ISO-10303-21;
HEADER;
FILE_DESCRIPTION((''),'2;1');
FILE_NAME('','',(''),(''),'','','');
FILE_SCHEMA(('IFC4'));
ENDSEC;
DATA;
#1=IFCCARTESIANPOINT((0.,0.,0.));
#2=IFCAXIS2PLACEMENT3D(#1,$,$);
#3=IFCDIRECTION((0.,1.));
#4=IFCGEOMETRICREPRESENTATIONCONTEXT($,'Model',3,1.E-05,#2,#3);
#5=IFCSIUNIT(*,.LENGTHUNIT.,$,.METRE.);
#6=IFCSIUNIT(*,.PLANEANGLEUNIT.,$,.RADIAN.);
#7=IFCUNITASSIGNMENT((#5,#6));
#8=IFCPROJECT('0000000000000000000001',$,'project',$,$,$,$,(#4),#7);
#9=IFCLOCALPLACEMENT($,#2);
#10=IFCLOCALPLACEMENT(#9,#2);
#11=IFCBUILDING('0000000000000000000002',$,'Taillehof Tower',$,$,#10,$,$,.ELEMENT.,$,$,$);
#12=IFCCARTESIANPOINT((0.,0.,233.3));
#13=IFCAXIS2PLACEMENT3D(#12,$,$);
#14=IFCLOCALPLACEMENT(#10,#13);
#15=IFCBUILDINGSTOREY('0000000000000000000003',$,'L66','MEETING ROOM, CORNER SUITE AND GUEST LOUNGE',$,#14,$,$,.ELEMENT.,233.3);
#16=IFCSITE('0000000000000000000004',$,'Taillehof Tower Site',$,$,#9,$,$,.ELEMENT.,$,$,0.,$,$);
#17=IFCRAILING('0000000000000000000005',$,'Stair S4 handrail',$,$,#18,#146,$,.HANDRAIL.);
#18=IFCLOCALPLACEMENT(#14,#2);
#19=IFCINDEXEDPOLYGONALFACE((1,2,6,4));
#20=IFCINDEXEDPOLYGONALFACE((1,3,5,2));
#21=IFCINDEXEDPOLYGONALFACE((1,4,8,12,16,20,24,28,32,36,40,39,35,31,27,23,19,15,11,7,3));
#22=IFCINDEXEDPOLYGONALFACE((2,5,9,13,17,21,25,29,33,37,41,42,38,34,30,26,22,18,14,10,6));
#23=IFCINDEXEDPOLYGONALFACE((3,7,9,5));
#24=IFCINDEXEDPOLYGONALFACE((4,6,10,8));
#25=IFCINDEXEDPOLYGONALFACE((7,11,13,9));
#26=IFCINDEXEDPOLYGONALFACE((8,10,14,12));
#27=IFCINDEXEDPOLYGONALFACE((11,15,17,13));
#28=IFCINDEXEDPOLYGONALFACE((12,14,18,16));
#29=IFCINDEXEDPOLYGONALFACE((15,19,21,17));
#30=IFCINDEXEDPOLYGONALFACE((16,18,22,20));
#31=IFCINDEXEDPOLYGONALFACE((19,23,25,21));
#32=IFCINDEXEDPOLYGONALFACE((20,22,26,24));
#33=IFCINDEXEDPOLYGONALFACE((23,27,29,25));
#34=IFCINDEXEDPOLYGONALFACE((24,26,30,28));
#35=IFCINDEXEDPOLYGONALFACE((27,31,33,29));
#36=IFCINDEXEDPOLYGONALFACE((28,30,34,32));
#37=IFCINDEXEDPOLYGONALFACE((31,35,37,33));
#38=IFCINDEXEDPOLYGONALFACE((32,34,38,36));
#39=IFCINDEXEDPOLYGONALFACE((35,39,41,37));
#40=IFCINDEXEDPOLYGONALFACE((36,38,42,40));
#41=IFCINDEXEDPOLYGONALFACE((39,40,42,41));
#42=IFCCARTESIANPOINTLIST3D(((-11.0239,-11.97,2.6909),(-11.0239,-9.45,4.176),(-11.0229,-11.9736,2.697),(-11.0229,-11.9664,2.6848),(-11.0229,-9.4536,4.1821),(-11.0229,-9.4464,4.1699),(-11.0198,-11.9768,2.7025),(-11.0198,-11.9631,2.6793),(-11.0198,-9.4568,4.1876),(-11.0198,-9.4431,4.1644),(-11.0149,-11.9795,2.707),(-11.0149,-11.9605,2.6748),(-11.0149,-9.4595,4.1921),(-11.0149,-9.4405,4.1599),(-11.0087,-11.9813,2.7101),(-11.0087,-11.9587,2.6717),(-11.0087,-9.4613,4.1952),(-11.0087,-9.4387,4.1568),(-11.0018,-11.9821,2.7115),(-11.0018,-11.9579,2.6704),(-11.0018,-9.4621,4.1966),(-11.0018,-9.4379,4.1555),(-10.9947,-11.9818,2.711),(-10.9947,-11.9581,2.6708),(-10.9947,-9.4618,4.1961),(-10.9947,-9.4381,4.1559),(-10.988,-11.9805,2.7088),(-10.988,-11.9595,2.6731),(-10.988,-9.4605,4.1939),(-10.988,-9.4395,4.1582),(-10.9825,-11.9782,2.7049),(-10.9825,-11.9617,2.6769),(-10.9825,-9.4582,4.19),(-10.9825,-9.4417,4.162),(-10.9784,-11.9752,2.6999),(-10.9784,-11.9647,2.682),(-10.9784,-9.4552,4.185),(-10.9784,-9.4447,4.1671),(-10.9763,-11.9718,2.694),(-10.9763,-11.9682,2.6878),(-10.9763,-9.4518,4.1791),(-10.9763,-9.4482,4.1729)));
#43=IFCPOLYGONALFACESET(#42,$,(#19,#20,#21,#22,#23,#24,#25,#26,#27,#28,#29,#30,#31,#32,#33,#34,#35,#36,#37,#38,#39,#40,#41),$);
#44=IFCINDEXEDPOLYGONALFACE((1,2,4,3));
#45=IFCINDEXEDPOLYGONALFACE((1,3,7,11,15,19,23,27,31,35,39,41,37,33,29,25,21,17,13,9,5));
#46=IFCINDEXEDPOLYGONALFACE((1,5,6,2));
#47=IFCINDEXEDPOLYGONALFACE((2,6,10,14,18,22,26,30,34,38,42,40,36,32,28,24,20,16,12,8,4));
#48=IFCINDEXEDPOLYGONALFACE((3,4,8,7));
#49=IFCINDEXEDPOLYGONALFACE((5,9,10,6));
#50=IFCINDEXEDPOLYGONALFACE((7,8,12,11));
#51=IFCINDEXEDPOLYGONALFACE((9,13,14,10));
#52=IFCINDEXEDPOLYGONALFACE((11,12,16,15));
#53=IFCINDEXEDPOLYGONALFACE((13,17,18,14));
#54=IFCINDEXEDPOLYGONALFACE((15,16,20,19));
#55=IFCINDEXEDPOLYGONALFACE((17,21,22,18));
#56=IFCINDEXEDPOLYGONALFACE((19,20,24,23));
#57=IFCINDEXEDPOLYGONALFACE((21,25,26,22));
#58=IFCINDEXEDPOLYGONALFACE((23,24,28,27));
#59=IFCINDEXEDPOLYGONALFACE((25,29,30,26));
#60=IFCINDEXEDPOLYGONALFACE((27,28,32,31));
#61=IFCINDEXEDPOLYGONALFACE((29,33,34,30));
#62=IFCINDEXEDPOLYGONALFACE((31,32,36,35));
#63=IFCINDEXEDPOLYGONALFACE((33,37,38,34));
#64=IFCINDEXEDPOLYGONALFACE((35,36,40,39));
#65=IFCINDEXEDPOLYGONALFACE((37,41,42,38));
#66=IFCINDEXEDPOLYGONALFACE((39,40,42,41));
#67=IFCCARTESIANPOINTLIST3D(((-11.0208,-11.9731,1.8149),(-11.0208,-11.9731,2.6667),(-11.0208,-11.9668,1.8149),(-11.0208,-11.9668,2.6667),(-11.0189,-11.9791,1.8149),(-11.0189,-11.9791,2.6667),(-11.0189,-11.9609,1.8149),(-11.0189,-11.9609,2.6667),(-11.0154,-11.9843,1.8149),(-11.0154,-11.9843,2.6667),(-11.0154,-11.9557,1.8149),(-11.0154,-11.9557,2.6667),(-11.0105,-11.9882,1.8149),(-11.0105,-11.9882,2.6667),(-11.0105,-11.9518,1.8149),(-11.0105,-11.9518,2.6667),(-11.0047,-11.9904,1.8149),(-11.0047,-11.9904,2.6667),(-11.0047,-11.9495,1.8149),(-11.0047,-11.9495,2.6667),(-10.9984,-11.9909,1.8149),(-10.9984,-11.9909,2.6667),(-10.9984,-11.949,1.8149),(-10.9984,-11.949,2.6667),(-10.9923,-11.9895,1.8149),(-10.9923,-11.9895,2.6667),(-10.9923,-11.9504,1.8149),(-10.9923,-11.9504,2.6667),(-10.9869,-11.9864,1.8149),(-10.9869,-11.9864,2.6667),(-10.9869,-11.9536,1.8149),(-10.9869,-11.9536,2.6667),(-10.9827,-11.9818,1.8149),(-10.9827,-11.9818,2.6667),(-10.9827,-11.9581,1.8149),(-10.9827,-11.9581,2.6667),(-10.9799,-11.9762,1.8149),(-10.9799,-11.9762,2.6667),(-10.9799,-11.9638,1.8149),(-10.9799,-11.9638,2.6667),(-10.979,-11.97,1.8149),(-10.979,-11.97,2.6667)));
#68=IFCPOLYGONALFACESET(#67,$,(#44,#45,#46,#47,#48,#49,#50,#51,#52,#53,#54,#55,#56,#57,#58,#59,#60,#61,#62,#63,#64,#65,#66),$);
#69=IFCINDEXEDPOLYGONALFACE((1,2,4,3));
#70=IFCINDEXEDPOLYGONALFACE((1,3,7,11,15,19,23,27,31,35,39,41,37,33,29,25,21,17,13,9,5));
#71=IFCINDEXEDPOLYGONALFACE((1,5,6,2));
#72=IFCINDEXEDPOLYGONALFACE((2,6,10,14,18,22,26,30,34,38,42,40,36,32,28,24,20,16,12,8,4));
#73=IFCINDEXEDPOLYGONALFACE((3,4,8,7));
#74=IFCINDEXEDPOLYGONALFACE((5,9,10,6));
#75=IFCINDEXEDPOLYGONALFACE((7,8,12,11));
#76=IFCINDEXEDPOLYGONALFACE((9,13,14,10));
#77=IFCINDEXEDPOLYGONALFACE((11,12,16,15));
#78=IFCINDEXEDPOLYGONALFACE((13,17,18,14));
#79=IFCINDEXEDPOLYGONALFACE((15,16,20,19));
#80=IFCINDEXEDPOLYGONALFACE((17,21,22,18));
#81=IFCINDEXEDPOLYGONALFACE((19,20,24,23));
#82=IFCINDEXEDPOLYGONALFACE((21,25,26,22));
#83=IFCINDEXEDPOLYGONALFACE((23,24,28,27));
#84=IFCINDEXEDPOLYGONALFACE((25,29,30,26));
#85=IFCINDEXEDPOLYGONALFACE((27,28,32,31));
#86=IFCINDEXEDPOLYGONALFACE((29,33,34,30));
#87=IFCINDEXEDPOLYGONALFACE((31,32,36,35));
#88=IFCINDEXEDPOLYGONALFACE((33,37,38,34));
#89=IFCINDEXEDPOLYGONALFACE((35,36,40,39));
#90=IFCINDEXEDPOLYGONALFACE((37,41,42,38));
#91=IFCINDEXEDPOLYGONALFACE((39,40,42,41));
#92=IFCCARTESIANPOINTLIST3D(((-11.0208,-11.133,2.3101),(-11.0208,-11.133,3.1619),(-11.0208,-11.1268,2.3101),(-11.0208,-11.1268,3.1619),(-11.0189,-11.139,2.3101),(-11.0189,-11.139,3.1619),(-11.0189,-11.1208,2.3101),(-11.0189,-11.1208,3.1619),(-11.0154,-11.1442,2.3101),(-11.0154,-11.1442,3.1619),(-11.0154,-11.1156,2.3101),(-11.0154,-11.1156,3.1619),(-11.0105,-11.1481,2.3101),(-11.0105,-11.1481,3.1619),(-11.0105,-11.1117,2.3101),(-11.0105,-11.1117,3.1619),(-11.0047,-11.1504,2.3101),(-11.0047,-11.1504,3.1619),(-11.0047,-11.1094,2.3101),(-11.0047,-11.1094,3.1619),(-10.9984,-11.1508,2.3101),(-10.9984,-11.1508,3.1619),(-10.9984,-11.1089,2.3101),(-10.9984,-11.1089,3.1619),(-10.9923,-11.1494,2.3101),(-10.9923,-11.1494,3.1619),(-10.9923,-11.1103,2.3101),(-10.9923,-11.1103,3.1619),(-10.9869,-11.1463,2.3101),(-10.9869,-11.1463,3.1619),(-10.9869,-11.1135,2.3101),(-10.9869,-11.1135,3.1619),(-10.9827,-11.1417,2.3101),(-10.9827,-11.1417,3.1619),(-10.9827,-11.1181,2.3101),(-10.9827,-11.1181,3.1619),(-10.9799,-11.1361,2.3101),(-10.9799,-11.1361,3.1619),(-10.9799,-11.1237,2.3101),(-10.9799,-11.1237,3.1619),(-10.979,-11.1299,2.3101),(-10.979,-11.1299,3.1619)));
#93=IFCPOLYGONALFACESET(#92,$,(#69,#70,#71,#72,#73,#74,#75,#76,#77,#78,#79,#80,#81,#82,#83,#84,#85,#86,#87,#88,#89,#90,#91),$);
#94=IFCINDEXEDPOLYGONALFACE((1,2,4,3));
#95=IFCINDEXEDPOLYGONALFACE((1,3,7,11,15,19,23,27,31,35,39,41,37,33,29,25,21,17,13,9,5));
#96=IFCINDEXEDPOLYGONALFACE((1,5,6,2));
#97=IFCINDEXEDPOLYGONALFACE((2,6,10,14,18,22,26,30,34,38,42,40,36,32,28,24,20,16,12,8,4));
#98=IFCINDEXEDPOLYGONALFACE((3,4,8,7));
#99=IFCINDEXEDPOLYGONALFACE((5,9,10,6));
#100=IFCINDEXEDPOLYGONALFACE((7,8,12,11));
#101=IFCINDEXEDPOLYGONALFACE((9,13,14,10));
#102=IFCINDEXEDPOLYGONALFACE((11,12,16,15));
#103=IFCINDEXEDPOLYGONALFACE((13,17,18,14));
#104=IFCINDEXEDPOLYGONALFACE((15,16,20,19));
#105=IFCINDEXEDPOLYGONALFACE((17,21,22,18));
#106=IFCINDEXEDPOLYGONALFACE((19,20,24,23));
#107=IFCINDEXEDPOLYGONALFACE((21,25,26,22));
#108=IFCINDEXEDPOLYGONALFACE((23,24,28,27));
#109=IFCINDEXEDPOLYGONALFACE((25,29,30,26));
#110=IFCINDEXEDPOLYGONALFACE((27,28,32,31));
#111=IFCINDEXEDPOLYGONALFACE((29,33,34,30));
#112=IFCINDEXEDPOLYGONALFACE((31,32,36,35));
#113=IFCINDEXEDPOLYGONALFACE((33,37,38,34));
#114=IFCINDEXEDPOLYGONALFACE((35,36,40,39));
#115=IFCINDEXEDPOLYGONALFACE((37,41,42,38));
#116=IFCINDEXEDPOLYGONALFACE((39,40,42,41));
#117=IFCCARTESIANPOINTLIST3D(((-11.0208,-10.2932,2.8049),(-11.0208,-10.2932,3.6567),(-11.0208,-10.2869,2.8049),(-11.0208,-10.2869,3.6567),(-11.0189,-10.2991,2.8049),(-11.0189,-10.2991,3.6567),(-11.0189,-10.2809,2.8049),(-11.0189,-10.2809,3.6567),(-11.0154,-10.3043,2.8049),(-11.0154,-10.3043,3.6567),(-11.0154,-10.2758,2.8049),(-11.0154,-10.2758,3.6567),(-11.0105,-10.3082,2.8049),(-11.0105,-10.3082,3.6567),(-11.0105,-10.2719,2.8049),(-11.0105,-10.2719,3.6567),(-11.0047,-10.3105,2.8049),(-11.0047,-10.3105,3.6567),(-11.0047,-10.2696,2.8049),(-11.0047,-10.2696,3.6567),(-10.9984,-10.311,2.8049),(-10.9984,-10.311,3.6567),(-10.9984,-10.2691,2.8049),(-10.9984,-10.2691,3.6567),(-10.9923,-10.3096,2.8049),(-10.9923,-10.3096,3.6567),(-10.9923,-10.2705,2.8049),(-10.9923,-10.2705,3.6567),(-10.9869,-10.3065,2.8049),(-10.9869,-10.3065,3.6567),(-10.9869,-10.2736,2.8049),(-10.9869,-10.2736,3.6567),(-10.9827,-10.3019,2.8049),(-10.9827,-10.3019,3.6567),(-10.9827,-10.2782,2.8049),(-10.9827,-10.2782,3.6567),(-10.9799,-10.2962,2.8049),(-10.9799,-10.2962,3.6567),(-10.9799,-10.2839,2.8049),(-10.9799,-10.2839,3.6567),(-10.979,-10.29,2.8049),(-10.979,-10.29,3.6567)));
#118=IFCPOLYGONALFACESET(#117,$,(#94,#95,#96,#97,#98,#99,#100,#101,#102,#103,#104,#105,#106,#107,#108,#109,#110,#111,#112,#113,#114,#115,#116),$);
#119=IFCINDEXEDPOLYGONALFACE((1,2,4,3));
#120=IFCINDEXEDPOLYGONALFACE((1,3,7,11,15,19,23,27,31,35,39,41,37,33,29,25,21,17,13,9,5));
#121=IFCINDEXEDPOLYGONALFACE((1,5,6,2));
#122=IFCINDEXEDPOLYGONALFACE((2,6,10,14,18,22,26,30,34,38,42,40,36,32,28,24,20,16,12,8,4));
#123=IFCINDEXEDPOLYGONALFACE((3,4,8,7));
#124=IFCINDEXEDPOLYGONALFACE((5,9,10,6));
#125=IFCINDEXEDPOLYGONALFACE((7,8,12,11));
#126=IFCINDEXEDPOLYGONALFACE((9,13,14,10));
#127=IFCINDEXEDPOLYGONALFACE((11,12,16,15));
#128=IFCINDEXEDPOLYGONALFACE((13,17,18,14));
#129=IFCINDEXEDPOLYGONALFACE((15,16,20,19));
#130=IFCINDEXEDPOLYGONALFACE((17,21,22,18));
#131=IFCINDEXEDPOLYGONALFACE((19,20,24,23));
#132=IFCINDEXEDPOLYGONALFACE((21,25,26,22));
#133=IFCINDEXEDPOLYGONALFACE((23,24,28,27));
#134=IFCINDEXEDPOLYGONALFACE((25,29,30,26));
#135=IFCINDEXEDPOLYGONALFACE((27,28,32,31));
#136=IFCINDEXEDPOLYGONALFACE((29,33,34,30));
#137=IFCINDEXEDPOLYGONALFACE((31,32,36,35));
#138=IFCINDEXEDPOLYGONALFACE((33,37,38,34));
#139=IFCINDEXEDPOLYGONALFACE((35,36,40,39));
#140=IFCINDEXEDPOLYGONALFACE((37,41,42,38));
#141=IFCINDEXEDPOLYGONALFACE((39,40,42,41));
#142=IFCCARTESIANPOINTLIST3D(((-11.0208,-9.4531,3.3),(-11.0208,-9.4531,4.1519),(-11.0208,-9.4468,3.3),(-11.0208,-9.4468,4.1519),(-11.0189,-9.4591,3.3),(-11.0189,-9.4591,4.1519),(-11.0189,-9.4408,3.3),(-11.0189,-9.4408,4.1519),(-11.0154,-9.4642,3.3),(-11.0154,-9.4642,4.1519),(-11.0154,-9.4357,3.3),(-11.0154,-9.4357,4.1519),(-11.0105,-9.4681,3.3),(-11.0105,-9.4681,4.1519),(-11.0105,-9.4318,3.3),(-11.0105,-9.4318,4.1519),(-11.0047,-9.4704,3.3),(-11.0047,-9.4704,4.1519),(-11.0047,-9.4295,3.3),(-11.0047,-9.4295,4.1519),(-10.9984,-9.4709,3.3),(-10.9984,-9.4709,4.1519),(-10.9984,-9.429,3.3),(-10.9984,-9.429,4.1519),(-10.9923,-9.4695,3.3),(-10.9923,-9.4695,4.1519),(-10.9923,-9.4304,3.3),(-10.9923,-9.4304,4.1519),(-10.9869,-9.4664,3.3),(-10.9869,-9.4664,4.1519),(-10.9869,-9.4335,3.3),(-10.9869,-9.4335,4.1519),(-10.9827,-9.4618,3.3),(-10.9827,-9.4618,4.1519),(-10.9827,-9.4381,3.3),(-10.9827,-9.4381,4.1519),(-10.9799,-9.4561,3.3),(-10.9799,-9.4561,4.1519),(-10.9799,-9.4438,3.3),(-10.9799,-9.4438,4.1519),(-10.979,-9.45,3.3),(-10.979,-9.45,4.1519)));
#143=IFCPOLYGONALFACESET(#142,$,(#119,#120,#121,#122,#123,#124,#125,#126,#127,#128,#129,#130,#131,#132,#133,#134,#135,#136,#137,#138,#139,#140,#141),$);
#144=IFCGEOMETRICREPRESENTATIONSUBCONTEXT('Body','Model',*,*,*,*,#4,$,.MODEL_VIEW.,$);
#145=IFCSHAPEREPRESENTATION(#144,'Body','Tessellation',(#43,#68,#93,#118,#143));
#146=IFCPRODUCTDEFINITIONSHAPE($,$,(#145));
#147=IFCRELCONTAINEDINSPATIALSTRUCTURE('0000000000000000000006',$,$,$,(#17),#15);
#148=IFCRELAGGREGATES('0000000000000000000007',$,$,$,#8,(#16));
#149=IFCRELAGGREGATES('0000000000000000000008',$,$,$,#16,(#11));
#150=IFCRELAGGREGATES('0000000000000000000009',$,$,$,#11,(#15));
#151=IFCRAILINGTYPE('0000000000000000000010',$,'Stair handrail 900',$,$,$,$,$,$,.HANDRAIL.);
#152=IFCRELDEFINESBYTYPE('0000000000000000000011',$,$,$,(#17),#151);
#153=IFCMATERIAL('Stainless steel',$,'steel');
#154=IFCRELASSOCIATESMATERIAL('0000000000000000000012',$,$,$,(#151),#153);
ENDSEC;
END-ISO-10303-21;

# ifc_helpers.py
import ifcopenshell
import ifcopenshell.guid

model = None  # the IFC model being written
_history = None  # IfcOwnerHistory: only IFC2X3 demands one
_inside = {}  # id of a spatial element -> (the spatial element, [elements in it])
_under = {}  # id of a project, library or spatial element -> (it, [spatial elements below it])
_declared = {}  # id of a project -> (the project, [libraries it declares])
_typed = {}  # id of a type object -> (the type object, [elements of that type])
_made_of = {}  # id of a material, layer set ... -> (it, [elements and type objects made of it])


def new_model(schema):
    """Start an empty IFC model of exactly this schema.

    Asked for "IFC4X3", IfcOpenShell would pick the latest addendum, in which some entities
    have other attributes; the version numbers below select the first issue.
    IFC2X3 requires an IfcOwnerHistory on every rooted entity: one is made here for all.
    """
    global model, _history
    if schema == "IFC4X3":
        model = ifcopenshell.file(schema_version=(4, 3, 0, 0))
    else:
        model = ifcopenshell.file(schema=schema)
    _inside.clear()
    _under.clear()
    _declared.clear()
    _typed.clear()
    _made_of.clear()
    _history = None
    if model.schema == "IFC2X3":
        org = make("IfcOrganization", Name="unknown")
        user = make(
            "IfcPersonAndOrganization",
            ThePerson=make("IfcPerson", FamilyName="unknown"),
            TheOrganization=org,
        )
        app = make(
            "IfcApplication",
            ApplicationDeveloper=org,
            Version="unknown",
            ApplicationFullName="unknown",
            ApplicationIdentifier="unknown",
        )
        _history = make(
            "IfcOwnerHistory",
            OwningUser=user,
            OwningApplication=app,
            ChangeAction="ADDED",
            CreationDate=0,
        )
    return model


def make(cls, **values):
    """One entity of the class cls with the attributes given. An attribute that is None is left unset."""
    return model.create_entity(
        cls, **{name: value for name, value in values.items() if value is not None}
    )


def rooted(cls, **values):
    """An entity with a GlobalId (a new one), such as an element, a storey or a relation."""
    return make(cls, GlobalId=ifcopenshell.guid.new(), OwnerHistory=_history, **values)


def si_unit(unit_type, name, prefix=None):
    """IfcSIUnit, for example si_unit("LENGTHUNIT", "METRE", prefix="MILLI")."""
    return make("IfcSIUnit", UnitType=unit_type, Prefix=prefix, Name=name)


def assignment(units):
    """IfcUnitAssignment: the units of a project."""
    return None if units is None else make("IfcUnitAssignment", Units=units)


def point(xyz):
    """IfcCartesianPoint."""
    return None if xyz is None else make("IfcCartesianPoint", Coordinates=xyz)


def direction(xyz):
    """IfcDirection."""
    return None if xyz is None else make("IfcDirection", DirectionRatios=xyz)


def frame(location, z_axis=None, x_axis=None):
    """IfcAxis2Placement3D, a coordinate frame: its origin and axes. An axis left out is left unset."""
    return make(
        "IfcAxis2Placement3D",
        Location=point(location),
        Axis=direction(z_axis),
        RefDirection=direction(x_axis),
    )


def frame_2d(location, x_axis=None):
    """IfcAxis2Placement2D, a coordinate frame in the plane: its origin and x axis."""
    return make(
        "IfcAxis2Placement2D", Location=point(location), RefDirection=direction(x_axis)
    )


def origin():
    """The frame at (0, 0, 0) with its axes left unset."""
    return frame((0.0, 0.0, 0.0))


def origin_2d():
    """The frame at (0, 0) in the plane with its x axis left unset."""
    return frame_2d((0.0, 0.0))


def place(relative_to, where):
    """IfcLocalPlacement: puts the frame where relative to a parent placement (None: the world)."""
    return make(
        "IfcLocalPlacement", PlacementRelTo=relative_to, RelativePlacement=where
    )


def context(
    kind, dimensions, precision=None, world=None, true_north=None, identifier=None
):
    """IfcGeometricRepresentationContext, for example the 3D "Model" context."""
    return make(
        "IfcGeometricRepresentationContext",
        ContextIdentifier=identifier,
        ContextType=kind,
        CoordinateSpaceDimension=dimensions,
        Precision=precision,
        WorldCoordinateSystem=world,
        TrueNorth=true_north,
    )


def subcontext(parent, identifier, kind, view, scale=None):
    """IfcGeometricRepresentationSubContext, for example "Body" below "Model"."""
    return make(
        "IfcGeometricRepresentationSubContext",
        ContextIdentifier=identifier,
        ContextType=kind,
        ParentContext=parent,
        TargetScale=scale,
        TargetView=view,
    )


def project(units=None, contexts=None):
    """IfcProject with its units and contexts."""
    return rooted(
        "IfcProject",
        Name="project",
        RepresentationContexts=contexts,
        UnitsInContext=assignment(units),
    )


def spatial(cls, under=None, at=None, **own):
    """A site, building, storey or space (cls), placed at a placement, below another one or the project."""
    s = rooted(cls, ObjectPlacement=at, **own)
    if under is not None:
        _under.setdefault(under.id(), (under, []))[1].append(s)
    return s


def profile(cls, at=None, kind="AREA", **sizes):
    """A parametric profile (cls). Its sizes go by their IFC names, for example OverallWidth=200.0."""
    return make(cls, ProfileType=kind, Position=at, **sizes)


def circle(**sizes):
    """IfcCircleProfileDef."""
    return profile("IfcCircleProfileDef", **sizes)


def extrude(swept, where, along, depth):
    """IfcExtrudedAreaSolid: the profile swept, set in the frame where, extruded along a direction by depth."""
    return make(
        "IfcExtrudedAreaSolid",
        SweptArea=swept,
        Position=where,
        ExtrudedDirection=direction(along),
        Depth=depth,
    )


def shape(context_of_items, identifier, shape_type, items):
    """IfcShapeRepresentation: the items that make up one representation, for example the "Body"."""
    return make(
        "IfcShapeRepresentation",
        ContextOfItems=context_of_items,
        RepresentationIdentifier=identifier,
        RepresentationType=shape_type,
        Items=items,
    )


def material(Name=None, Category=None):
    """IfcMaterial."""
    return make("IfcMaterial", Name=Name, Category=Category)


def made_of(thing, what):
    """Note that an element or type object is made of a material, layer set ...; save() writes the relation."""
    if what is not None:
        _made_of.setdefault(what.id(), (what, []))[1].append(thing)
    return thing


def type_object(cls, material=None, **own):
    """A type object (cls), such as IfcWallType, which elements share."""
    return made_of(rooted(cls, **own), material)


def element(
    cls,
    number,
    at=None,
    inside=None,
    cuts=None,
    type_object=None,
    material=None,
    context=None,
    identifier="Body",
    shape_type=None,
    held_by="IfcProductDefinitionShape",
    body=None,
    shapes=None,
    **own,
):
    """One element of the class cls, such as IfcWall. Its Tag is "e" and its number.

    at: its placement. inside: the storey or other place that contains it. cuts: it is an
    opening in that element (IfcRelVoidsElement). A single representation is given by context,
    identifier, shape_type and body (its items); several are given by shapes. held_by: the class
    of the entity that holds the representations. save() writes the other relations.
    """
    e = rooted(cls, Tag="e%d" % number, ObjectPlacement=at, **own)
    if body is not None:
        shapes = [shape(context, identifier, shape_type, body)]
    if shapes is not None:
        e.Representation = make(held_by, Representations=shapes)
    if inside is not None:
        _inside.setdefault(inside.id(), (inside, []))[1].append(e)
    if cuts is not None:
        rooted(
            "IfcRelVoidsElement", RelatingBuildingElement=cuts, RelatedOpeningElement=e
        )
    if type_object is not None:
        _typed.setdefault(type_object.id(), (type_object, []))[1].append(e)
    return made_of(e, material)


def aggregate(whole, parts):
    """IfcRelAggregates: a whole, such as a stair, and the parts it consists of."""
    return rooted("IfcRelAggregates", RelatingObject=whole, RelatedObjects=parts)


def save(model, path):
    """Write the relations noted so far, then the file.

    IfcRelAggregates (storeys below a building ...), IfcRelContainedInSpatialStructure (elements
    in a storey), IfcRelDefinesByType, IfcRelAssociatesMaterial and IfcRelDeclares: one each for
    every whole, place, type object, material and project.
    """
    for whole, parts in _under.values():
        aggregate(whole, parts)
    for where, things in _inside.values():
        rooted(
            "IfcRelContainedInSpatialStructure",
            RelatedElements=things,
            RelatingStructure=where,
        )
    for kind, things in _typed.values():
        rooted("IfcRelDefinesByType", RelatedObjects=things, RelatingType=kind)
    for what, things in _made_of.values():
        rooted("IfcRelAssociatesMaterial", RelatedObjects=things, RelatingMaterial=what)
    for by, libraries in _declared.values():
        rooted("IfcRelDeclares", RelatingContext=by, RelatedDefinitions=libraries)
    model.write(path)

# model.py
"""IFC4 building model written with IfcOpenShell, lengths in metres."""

from ifc_helpers import new_model, si_unit, direction, frame, origin, origin_2d, place, context, subcontext, project, spatial, circle, extrude, material, type_object, element, save


model = new_model("IFC4")

# Units and contexts
model_context = context("Model", 3, precision=1e-05, world=origin(), true_north=direction((0.0, 1.0)))
body_context = subcontext(model_context, "Body", "Model", "MODEL_VIEW")
ifc_project = project(units=[si_unit("LENGTHUNIT", "METRE"), si_unit("PLANEANGLEUNIT", "RADIAN")], contexts=[model_context])

# Site, building, storey
site_placement = place(None, origin())
site = spatial("IfcSite", under=ifc_project, at=site_placement, Name="Taillehof Tower Site", CompositionType="ELEMENT", RefElevation=0.0)
building_placement = place(site_placement, origin())
building = spatial("IfcBuilding", under=site, at=building_placement, Name="Taillehof Tower", CompositionType="ELEMENT")
storey_placement = place(building_placement, frame((0.0, 0.0, 233.3)))
storey = spatial("IfcBuildingStorey", under=building, at=storey_placement, Name="L66", Description="MEETING ROOM, CORNER SUITE AND GUEST LOUNGE", CompositionType="ELEMENT", Elevation=233.3)

# Railing
ifc_material_1 = material(Name="Stainless steel", Category="steel")
railing_type = type_object("IfcRailingType", Name="Stair handrail 900", PredefinedType="HANDRAIL", material=ifc_material_1)
railing_placement = place(storey_placement, frame((-11.0, -11.97, 1.8149)))
element("IfcRailing", 1, at=railing_placement, inside=storey, type_object=railing_type, Name="Stair S4 handrail", PredefinedType="HANDRAIL", context=body_context, shape_type="SweptSolid", body=[
    extrude(circle(Radius=0.0239, at=origin_2d()), frame((0.0, 0.0, 0.876), z_axis=(0.0, 0.861524, 0.507717), x_axis=(-1.0, 0.0, 0.0)), (0.0, 0.0, 1.0), 2.925),
    extrude(circle(Radius=0.021, at=origin_2d()), origin(), (0.0, 0.0, 1.0), 0.8518),
    extrude(circle(Radius=0.021, at=origin_2d()), frame((0.0, 0.8401, 0.4951)), (0.0, 0.0, 1.0), 0.8518),
    extrude(circle(Radius=0.021, at=origin_2d()), frame((0.0, 1.6799, 0.99)), (0.0, 0.0, 1.0), 0.8518),
    extrude(circle(Radius=0.021, at=origin_2d()), frame((0.0, 2.52, 1.4851)), (0.0, 0.0, 1.0), 0.8518),
])

save(model, "model.ifc")
